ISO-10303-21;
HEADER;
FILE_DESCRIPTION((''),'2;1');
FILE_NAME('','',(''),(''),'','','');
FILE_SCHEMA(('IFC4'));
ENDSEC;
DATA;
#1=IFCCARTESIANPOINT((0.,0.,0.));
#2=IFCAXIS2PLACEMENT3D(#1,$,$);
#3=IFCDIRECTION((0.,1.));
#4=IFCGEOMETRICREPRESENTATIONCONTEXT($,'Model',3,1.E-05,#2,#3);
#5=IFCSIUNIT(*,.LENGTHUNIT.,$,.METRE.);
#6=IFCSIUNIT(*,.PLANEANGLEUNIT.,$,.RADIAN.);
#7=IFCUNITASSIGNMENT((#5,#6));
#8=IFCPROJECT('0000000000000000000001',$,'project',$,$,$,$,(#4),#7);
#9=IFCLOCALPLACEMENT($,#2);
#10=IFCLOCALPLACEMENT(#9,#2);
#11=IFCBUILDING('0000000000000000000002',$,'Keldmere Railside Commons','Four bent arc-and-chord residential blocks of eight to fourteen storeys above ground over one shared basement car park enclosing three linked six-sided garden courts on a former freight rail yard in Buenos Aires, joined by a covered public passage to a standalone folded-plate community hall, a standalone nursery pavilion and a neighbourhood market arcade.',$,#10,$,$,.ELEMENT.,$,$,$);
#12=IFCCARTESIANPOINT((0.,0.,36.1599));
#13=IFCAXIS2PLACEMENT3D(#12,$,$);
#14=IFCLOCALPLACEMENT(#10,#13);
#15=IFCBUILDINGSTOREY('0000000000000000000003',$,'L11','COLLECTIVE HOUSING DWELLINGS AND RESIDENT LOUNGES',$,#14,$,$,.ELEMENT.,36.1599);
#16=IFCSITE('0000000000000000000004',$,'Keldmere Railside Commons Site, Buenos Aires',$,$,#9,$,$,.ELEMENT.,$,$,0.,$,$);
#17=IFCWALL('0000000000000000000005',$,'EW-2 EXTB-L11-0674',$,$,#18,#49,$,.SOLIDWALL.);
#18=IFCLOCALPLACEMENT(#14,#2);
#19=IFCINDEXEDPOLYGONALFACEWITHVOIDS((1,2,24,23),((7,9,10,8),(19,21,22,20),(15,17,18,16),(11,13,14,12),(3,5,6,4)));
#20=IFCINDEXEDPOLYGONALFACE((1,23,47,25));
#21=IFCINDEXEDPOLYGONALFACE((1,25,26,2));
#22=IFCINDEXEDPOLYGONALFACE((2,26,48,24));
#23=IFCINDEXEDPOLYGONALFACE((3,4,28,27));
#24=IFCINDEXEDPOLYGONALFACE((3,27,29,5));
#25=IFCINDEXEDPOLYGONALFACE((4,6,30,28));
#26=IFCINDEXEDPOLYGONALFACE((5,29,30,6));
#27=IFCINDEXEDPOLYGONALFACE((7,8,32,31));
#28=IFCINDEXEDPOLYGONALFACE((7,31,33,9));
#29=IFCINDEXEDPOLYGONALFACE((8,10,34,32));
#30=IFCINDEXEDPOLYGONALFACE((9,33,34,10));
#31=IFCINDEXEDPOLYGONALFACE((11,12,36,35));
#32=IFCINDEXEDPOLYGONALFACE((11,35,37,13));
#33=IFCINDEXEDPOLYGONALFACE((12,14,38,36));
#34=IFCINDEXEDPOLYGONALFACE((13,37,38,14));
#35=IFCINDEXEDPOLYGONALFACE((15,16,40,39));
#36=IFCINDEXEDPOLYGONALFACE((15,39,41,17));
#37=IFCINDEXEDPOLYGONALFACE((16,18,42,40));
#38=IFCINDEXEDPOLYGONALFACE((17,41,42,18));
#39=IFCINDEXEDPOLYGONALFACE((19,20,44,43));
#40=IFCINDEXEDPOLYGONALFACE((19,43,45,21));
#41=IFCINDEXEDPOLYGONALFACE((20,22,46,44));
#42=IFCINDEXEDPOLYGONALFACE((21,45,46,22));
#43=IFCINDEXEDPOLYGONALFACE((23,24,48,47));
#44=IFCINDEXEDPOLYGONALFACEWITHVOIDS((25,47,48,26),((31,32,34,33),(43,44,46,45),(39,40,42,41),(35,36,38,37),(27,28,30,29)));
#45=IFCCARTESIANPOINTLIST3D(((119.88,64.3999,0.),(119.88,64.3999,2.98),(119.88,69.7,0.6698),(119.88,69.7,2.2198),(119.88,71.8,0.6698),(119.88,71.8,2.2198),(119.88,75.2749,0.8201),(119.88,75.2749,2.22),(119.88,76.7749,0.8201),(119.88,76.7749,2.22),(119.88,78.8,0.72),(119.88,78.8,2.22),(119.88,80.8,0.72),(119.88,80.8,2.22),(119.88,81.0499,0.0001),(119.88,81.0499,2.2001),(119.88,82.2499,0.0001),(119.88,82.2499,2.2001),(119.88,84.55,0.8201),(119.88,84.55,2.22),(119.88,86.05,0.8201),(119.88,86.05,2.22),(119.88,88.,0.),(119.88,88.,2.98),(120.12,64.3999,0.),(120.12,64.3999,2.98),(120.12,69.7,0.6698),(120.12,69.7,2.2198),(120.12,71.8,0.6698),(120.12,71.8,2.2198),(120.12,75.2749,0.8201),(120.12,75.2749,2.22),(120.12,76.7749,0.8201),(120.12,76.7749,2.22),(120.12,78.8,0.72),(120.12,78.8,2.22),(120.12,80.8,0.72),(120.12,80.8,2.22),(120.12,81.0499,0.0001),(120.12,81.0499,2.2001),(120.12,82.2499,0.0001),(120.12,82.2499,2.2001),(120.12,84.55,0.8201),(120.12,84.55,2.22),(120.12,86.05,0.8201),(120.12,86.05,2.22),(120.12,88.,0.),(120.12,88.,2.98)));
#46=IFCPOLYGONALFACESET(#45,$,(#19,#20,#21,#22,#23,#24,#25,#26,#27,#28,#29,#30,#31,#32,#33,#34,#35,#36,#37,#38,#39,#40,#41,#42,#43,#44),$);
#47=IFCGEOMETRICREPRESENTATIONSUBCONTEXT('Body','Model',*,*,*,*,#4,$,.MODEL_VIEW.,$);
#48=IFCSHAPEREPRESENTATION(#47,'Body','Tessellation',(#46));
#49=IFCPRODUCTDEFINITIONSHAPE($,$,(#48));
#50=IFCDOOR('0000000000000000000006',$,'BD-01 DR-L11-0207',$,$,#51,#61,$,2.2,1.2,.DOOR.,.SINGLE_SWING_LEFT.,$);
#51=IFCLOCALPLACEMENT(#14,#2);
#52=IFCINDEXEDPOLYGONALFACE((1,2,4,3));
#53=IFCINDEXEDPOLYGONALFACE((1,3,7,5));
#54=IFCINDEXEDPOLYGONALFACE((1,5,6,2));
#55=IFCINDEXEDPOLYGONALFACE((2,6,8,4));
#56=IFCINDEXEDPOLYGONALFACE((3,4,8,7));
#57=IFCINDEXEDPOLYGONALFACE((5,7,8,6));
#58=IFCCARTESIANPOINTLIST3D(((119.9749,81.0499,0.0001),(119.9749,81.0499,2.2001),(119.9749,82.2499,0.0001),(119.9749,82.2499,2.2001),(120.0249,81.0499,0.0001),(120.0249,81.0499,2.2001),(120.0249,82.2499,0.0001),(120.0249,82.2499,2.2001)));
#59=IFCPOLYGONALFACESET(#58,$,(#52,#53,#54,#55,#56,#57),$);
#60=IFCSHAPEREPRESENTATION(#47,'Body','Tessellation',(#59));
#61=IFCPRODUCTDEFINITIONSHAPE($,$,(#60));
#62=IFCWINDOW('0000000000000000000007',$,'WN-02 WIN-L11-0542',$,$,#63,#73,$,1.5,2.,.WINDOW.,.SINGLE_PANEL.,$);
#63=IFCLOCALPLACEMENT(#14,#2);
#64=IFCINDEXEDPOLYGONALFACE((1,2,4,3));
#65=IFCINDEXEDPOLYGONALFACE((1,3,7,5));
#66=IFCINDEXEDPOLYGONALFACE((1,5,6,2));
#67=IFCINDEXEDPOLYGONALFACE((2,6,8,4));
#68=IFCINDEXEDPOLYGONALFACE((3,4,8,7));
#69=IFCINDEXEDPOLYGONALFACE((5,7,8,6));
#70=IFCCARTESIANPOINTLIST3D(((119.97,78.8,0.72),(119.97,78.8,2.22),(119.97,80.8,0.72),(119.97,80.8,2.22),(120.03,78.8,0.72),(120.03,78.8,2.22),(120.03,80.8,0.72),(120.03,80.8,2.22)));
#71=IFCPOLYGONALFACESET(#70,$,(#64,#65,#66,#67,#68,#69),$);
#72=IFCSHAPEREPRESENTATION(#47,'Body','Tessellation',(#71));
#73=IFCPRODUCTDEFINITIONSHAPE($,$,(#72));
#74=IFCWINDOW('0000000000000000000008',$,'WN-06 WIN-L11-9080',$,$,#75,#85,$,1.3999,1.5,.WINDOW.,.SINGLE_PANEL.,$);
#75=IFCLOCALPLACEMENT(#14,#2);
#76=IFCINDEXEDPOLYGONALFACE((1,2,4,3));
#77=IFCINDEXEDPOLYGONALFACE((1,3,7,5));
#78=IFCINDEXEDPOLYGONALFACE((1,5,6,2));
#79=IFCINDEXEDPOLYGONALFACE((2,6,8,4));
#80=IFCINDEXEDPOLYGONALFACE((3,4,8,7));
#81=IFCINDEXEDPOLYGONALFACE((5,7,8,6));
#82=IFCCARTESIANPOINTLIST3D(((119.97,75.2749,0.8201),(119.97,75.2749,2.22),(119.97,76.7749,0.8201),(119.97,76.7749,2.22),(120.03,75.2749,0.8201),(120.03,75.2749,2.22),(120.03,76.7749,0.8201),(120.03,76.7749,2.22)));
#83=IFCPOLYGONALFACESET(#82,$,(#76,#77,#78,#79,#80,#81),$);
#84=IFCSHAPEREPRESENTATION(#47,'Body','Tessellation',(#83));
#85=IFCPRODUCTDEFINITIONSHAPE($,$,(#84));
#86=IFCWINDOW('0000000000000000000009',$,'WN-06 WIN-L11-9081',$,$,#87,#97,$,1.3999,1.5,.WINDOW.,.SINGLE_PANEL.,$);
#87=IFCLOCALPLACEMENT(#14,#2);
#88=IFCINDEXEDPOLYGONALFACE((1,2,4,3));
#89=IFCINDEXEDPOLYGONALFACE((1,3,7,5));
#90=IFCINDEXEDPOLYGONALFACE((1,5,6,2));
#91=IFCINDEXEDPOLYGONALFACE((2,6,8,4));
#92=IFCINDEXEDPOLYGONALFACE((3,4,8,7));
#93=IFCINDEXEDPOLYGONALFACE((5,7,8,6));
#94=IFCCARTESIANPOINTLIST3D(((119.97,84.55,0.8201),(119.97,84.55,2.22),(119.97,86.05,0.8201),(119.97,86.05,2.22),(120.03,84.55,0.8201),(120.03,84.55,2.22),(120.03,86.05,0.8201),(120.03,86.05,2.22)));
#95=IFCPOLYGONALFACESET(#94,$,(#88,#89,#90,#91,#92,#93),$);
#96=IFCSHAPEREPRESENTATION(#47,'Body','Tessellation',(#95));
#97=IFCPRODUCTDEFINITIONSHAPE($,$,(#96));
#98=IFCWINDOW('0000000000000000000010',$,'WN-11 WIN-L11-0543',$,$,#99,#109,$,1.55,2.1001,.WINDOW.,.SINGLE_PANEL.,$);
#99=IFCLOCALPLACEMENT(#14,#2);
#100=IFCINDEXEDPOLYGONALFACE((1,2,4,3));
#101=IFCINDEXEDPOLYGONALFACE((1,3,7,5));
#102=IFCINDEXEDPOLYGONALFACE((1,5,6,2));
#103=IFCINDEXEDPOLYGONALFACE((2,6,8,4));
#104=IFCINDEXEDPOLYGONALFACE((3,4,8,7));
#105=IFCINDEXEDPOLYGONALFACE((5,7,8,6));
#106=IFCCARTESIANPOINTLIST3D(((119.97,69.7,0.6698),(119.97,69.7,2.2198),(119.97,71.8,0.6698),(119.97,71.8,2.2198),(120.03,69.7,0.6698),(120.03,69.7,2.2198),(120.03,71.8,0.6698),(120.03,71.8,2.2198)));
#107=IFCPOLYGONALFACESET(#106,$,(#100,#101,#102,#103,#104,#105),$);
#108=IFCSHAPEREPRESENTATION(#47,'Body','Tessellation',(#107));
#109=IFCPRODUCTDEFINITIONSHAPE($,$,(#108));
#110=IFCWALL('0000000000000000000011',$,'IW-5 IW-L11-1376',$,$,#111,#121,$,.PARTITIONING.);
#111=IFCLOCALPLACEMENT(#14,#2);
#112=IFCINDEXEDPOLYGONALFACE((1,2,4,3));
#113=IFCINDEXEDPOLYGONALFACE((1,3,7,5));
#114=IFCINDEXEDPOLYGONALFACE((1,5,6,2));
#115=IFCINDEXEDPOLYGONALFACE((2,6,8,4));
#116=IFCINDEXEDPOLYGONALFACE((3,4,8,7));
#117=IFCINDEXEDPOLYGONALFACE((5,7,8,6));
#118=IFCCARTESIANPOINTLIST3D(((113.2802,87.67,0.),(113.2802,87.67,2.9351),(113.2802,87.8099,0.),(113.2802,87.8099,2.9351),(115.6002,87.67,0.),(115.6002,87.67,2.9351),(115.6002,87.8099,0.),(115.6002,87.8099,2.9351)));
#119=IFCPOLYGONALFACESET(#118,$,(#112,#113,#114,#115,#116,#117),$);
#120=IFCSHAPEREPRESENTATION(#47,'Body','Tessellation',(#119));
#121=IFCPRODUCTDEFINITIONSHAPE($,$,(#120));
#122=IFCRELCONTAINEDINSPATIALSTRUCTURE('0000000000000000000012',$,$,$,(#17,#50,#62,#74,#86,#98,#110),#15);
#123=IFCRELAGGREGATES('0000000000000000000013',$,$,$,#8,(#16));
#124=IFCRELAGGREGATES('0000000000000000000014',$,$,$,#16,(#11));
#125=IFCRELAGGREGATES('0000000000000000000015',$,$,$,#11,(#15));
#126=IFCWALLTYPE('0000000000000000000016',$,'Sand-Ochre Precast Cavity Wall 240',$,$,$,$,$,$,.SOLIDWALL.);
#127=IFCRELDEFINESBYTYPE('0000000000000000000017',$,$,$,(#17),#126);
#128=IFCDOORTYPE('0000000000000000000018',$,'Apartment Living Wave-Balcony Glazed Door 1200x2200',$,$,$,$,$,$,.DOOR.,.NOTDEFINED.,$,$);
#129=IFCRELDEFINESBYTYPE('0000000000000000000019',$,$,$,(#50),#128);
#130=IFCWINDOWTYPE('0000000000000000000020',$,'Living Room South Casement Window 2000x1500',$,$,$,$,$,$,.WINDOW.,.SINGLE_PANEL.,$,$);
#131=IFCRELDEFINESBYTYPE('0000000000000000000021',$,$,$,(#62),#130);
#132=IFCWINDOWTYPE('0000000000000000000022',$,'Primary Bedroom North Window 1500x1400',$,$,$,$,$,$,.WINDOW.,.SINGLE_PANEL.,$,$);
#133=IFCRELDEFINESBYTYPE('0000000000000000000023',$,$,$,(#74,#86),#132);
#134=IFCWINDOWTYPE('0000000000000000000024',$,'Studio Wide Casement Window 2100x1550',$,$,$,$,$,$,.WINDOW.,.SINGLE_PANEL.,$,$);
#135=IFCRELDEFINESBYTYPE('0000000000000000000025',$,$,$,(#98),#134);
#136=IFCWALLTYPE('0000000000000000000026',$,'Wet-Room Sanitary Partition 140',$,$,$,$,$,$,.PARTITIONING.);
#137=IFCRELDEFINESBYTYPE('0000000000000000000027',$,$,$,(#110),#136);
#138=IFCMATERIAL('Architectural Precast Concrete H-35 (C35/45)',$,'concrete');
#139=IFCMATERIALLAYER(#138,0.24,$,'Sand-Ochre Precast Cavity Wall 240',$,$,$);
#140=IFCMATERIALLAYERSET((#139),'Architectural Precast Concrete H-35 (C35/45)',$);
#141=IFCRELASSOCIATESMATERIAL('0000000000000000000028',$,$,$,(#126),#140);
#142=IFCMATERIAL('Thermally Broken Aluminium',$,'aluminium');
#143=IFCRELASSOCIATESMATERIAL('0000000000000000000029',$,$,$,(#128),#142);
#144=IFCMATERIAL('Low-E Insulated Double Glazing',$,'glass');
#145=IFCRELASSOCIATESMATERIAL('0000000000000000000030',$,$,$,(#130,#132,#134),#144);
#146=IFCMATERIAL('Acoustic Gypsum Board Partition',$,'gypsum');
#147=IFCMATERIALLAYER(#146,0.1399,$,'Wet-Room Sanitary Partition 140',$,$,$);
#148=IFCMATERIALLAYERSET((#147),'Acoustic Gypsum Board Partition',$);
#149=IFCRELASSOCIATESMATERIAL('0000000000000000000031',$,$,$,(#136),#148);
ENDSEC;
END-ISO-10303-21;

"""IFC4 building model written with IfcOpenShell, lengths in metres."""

from ifc_helpers import new_model, si_unit, direction, frame, frame_2d, origin, place, context, subcontext, project, spatial, rectangle, extrude, material, layer, layer_set, type_object, element, fill, save


model = new_model("IFC4")

# Units and contexts
model_context = context("Model", 3, precision=1e-05, world=origin(), true_north=direction((0.0, 1.0)))
body_context = subcontext(model_context, "Body", "Model", "MODEL_VIEW")
ifc_project = project(units=[si_unit("LENGTHUNIT", "METRE"), si_unit("PLANEANGLEUNIT", "RADIAN")], contexts=[model_context])

# Site, building, storey
site_placement = place(None, origin())
site = spatial("IfcSite", under=ifc_project, at=site_placement, Name="Keldmere Railside Commons Site, Buenos Aires", CompositionType="ELEMENT", RefElevation=0.0)
building_placement = place(site_placement, origin())
building = spatial("IfcBuilding", under=site, at=building_placement, Name="Keldmere Railside Commons", Description="Four bent arc-and-chord residential blocks of eight to fourteen storeys above ground over one shared basement car park enclosing three linked six-sided garden courts on a former freight rail yard in Buenos Aires, joined by a covered public passage to a standalone folded-plate community hall, a standalone nursery pavilion and a neighbourhood market arcade.", CompositionType="ELEMENT")
storey_placement = place(building_placement, frame((0.0, 0.0, 36.1599)))
storey = spatial("IfcBuildingStorey", under=building, at=storey_placement, Name="L11", Description="COLLECTIVE HOUSING DWELLINGS AND RESIDENT LOUNGES", CompositionType="ELEMENT", Elevation=36.1599)

# Shared definitions
ifc_material_1 = material(Name="Thermally Broken Aluminium", Category="aluminium")

# Shared definitions
ifc_material_2 = material(Name="Acoustic Gypsum Board Partition", Category="gypsum")

# Wall, openings, door, windows
ifc_material_3 = material(Name="Architectural Precast Concrete H-35 (C35/45)", Category="concrete")
ifc_layer_1 = layer(ifc_material_3, 0.24, Name="Sand-Ochre Precast Cavity Wall 240")
ifc_layer_set_1 = layer_set([ifc_layer_1], Name="Architectural Precast Concrete H-35 (C35/45)")
wall_type_1 = type_object("IfcWallType", Name="Sand-Ochre Precast Cavity Wall 240", PredefinedType="SOLIDWALL", material=ifc_layer_set_1)
wall_1_placement = place(storey_placement, frame((120.0, 88.0, 0.0), z_axis=(0.0, 0.0, 1.0), x_axis=(0.0, -1.0, 0.0)))
wall_1 = element("IfcWall", 1, at=wall_1_placement, inside=storey, type_object=wall_type_1, Name="EW-2 EXTB-L11-0674", PredefinedType="SOLIDWALL", context=body_context, shape_type="SweptSolid", body=[
    extrude(rectangle(XDim=23.6001, YDim=0.24, at=frame_2d((11.8, 0.0))), origin(), (0.0, 0.0, 1.0), 2.98),
])
opening_1_placement = place(wall_1_placement, frame((5.75, 0.0, 0.0)))
opening_1 = element("IfcOpeningElement", 2, at=opening_1_placement, cuts=wall_1, PredefinedType="OPENING", context=body_context, shape_type="SweptSolid", body=[
    extrude(rectangle(XDim=1.2, YDim=2.2, at=frame_2d((0.6001, 1.1001))), frame((0.0, 0.1299, 0.0), z_axis=(0.0, -1.0, 0.0), x_axis=(1.0, 0.0, 0.0)), (0.0, 0.0, 1.0), 0.26),
])
opening_2_placement = place(wall_1_placement, frame((7.2, 0.0, 0.72)))
opening_2 = element("IfcOpeningElement", 3, at=opening_2_placement, cuts=wall_1, PredefinedType="OPENING", context=body_context, shape_type="SweptSolid", body=[
    extrude(rectangle(XDim=2.0, YDim=1.5, at=frame_2d((1.0, 0.75))), frame((0.0, 0.1299, 0.0), z_axis=(0.0, -1.0, 0.0), x_axis=(1.0, 0.0, 0.0)), (0.0, 0.0, 1.0), 0.26),
])
opening_3_placement = place(wall_1_placement, frame((16.2, 0.0, 0.6699)))
opening_3 = element("IfcOpeningElement", 4, at=opening_3_placement, cuts=wall_1, PredefinedType="OPENING", context=body_context, shape_type="SweptSolid", body=[
    extrude(rectangle(XDim=2.1001, YDim=1.55, at=frame_2d((1.05, 0.7749))), frame((0.0, 0.1299, 0.0), z_axis=(0.0, -1.0, 0.0), x_axis=(1.0, 0.0, 0.0)), (0.0, 0.0, 1.0), 0.26),
])
opening_4_placement = place(wall_1_placement, frame((11.2251, 0.0, 0.8201)))
opening_4 = element("IfcOpeningElement", 5, at=opening_4_placement, cuts=wall_1, PredefinedType="OPENING", context=body_context, shape_type="SweptSolid", body=[
    extrude(rectangle(XDim=1.5, YDim=1.3999, at=frame_2d((0.75, 0.7))), frame((0.0, 0.1299, 0.0), z_axis=(0.0, -1.0, 0.0), x_axis=(1.0, 0.0, 0.0)), (0.0, 0.0, 1.0), 0.26),
])
opening_5_placement = place(wall_1_placement, frame((1.95, 0.0, 0.8201)))
opening_5 = element("IfcOpeningElement", 6, at=opening_5_placement, cuts=wall_1, PredefinedType="OPENING", context=body_context, shape_type="SweptSolid", body=[
    extrude(rectangle(XDim=1.5, YDim=1.3999, at=frame_2d((0.75, 0.7))), frame((0.0, 0.1299, 0.0), z_axis=(0.0, -1.0, 0.0), x_axis=(1.0, 0.0, 0.0)), (0.0, 0.0, 1.0), 0.26),
])
door_type_1 = type_object("IfcDoorType", Name="Apartment Living Wave-Balcony Glazed Door 1200x2200", OperationType="NOTDEFINED", PredefinedType="DOOR", material=ifc_material_1)
door_1_placement = place(opening_1_placement, origin())
door_1 = element("IfcDoor", 7, at=door_1_placement, inside=storey, type_object=door_type_1, Name="BD-01 DR-L11-0207", OperationType="SINGLE_SWING_LEFT", OverallHeight=2.2, OverallWidth=1.2, PredefinedType="DOOR", context=body_context, shape_type="SweptSolid", body=[
    extrude(rectangle(XDim=1.2, YDim=2.2, at=frame_2d((0.6001, 1.1001))), frame((0.0, 0.0249, 0.0), z_axis=(0.0, -1.0, 0.0), x_axis=(1.0, 0.0, 0.0)), (0.0, 0.0, 1.0), 0.05),
])
fill(opening_1, door_1)
ifc_material_4 = material(Name="Low-E Insulated Double Glazing", Category="glass")
window_type_1 = type_object("IfcWindowType", Name="Living Room South Casement Window 2000x1500", PartitioningType="SINGLE_PANEL", PredefinedType="WINDOW", material=ifc_material_4)
window_1_placement = place(opening_2_placement, origin())
window_1 = element("IfcWindow", 8, at=window_1_placement, inside=storey, type_object=window_type_1, Name="WN-02 WIN-L11-0542", OverallHeight=1.5, OverallWidth=2.0, PartitioningType="SINGLE_PANEL", PredefinedType="WINDOW", context=body_context, shape_type="SweptSolid", body=[
    extrude(rectangle(XDim=2.0, YDim=1.5, at=frame_2d((1.0, 0.75))), frame((0.0, 0.03, 0.0), z_axis=(0.0, -1.0, 0.0), x_axis=(1.0, 0.0, 0.0)), (0.0, 0.0, 1.0), 0.0601),
])
fill(opening_2, window_1)
window_type_2 = type_object("IfcWindowType", Name="Primary Bedroom North Window 1500x1400", PartitioningType="SINGLE_PANEL", PredefinedType="WINDOW", material=ifc_material_4)
window_2_placement = place(opening_4_placement, origin())
window_2 = element("IfcWindow", 9, at=window_2_placement, inside=storey, type_object=window_type_2, Name="WN-06 WIN-L11-9080", OverallHeight=1.3999, OverallWidth=1.5, PartitioningType="SINGLE_PANEL", PredefinedType="WINDOW", context=body_context, shape_type="SweptSolid", body=[
    extrude(rectangle(XDim=1.5, YDim=1.3999, at=frame_2d((0.75, 0.7))), frame((0.0, 0.03, 0.0), z_axis=(0.0, -1.0, 0.0), x_axis=(1.0, 0.0, 0.0)), (0.0, 0.0, 1.0), 0.0601),
])
fill(opening_4, window_2)
window_3_placement = place(opening_5_placement, origin())
window_3 = element("IfcWindow", 10, at=window_3_placement, inside=storey, type_object=window_type_2, Name="WN-06 WIN-L11-9081", OverallHeight=1.3999, OverallWidth=1.5, PartitioningType="SINGLE_PANEL", PredefinedType="WINDOW", context=body_context, shape_type="SweptSolid", body=[
    extrude(rectangle(XDim=1.5, YDim=1.3999, at=frame_2d((0.75, 0.7))), frame((0.0, 0.03, 0.0), z_axis=(0.0, -1.0, 0.0), x_axis=(1.0, 0.0, 0.0)), (0.0, 0.0, 1.0), 0.0601),
])
fill(opening_5, window_3)
window_type_3 = type_object("IfcWindowType", Name="Studio Wide Casement Window 2100x1550", PartitioningType="SINGLE_PANEL", PredefinedType="WINDOW", material=ifc_material_4)
window_4_placement = place(opening_3_placement, origin())
window_4 = element("IfcWindow", 11, at=window_4_placement, inside=storey, type_object=window_type_3, Name="WN-11 WIN-L11-0543", OverallHeight=1.55, OverallWidth=2.1001, PartitioningType="SINGLE_PANEL", PredefinedType="WINDOW", context=body_context, shape_type="SweptSolid", body=[
    extrude(rectangle(XDim=2.1001, YDim=1.55, at=frame_2d((1.05, 0.7749))), frame((0.0, 0.03, 0.0), z_axis=(0.0, -1.0, 0.0), x_axis=(1.0, 0.0, 0.0)), (0.0, 0.0, 1.0), 0.0601),
])
fill(opening_3, window_4)

# Wall
ifc_layer_2 = layer(ifc_material_2, 0.1399, Name="Wet-Room Sanitary Partition 140")
ifc_layer_set_2 = layer_set([ifc_layer_2], Name="Acoustic Gypsum Board Partition")
wall_type_2 = type_object("IfcWallType", Name="Wet-Room Sanitary Partition 140", PredefinedType="PARTITIONING", material=ifc_layer_set_2)
wall_2_placement = place(storey_placement, frame((113.28, 87.74, 0.0), z_axis=(0.0, 0.0, 1.0), x_axis=(1.0, 0.0, 0.0)))
element("IfcWall", 12, at=wall_2_placement, inside=storey, type_object=wall_type_2, Name="IW-5 IW-L11-1376", PredefinedType="PARTITIONING", context=body_context, shape_type="SweptSolid", body=[
    extrude(rectangle(XDim=2.3201, YDim=0.1399, at=frame_2d((1.1602, 0.0))), origin(), (0.0, 0.0, 1.0), 2.9351),
])

save(model, "model.ifc")
